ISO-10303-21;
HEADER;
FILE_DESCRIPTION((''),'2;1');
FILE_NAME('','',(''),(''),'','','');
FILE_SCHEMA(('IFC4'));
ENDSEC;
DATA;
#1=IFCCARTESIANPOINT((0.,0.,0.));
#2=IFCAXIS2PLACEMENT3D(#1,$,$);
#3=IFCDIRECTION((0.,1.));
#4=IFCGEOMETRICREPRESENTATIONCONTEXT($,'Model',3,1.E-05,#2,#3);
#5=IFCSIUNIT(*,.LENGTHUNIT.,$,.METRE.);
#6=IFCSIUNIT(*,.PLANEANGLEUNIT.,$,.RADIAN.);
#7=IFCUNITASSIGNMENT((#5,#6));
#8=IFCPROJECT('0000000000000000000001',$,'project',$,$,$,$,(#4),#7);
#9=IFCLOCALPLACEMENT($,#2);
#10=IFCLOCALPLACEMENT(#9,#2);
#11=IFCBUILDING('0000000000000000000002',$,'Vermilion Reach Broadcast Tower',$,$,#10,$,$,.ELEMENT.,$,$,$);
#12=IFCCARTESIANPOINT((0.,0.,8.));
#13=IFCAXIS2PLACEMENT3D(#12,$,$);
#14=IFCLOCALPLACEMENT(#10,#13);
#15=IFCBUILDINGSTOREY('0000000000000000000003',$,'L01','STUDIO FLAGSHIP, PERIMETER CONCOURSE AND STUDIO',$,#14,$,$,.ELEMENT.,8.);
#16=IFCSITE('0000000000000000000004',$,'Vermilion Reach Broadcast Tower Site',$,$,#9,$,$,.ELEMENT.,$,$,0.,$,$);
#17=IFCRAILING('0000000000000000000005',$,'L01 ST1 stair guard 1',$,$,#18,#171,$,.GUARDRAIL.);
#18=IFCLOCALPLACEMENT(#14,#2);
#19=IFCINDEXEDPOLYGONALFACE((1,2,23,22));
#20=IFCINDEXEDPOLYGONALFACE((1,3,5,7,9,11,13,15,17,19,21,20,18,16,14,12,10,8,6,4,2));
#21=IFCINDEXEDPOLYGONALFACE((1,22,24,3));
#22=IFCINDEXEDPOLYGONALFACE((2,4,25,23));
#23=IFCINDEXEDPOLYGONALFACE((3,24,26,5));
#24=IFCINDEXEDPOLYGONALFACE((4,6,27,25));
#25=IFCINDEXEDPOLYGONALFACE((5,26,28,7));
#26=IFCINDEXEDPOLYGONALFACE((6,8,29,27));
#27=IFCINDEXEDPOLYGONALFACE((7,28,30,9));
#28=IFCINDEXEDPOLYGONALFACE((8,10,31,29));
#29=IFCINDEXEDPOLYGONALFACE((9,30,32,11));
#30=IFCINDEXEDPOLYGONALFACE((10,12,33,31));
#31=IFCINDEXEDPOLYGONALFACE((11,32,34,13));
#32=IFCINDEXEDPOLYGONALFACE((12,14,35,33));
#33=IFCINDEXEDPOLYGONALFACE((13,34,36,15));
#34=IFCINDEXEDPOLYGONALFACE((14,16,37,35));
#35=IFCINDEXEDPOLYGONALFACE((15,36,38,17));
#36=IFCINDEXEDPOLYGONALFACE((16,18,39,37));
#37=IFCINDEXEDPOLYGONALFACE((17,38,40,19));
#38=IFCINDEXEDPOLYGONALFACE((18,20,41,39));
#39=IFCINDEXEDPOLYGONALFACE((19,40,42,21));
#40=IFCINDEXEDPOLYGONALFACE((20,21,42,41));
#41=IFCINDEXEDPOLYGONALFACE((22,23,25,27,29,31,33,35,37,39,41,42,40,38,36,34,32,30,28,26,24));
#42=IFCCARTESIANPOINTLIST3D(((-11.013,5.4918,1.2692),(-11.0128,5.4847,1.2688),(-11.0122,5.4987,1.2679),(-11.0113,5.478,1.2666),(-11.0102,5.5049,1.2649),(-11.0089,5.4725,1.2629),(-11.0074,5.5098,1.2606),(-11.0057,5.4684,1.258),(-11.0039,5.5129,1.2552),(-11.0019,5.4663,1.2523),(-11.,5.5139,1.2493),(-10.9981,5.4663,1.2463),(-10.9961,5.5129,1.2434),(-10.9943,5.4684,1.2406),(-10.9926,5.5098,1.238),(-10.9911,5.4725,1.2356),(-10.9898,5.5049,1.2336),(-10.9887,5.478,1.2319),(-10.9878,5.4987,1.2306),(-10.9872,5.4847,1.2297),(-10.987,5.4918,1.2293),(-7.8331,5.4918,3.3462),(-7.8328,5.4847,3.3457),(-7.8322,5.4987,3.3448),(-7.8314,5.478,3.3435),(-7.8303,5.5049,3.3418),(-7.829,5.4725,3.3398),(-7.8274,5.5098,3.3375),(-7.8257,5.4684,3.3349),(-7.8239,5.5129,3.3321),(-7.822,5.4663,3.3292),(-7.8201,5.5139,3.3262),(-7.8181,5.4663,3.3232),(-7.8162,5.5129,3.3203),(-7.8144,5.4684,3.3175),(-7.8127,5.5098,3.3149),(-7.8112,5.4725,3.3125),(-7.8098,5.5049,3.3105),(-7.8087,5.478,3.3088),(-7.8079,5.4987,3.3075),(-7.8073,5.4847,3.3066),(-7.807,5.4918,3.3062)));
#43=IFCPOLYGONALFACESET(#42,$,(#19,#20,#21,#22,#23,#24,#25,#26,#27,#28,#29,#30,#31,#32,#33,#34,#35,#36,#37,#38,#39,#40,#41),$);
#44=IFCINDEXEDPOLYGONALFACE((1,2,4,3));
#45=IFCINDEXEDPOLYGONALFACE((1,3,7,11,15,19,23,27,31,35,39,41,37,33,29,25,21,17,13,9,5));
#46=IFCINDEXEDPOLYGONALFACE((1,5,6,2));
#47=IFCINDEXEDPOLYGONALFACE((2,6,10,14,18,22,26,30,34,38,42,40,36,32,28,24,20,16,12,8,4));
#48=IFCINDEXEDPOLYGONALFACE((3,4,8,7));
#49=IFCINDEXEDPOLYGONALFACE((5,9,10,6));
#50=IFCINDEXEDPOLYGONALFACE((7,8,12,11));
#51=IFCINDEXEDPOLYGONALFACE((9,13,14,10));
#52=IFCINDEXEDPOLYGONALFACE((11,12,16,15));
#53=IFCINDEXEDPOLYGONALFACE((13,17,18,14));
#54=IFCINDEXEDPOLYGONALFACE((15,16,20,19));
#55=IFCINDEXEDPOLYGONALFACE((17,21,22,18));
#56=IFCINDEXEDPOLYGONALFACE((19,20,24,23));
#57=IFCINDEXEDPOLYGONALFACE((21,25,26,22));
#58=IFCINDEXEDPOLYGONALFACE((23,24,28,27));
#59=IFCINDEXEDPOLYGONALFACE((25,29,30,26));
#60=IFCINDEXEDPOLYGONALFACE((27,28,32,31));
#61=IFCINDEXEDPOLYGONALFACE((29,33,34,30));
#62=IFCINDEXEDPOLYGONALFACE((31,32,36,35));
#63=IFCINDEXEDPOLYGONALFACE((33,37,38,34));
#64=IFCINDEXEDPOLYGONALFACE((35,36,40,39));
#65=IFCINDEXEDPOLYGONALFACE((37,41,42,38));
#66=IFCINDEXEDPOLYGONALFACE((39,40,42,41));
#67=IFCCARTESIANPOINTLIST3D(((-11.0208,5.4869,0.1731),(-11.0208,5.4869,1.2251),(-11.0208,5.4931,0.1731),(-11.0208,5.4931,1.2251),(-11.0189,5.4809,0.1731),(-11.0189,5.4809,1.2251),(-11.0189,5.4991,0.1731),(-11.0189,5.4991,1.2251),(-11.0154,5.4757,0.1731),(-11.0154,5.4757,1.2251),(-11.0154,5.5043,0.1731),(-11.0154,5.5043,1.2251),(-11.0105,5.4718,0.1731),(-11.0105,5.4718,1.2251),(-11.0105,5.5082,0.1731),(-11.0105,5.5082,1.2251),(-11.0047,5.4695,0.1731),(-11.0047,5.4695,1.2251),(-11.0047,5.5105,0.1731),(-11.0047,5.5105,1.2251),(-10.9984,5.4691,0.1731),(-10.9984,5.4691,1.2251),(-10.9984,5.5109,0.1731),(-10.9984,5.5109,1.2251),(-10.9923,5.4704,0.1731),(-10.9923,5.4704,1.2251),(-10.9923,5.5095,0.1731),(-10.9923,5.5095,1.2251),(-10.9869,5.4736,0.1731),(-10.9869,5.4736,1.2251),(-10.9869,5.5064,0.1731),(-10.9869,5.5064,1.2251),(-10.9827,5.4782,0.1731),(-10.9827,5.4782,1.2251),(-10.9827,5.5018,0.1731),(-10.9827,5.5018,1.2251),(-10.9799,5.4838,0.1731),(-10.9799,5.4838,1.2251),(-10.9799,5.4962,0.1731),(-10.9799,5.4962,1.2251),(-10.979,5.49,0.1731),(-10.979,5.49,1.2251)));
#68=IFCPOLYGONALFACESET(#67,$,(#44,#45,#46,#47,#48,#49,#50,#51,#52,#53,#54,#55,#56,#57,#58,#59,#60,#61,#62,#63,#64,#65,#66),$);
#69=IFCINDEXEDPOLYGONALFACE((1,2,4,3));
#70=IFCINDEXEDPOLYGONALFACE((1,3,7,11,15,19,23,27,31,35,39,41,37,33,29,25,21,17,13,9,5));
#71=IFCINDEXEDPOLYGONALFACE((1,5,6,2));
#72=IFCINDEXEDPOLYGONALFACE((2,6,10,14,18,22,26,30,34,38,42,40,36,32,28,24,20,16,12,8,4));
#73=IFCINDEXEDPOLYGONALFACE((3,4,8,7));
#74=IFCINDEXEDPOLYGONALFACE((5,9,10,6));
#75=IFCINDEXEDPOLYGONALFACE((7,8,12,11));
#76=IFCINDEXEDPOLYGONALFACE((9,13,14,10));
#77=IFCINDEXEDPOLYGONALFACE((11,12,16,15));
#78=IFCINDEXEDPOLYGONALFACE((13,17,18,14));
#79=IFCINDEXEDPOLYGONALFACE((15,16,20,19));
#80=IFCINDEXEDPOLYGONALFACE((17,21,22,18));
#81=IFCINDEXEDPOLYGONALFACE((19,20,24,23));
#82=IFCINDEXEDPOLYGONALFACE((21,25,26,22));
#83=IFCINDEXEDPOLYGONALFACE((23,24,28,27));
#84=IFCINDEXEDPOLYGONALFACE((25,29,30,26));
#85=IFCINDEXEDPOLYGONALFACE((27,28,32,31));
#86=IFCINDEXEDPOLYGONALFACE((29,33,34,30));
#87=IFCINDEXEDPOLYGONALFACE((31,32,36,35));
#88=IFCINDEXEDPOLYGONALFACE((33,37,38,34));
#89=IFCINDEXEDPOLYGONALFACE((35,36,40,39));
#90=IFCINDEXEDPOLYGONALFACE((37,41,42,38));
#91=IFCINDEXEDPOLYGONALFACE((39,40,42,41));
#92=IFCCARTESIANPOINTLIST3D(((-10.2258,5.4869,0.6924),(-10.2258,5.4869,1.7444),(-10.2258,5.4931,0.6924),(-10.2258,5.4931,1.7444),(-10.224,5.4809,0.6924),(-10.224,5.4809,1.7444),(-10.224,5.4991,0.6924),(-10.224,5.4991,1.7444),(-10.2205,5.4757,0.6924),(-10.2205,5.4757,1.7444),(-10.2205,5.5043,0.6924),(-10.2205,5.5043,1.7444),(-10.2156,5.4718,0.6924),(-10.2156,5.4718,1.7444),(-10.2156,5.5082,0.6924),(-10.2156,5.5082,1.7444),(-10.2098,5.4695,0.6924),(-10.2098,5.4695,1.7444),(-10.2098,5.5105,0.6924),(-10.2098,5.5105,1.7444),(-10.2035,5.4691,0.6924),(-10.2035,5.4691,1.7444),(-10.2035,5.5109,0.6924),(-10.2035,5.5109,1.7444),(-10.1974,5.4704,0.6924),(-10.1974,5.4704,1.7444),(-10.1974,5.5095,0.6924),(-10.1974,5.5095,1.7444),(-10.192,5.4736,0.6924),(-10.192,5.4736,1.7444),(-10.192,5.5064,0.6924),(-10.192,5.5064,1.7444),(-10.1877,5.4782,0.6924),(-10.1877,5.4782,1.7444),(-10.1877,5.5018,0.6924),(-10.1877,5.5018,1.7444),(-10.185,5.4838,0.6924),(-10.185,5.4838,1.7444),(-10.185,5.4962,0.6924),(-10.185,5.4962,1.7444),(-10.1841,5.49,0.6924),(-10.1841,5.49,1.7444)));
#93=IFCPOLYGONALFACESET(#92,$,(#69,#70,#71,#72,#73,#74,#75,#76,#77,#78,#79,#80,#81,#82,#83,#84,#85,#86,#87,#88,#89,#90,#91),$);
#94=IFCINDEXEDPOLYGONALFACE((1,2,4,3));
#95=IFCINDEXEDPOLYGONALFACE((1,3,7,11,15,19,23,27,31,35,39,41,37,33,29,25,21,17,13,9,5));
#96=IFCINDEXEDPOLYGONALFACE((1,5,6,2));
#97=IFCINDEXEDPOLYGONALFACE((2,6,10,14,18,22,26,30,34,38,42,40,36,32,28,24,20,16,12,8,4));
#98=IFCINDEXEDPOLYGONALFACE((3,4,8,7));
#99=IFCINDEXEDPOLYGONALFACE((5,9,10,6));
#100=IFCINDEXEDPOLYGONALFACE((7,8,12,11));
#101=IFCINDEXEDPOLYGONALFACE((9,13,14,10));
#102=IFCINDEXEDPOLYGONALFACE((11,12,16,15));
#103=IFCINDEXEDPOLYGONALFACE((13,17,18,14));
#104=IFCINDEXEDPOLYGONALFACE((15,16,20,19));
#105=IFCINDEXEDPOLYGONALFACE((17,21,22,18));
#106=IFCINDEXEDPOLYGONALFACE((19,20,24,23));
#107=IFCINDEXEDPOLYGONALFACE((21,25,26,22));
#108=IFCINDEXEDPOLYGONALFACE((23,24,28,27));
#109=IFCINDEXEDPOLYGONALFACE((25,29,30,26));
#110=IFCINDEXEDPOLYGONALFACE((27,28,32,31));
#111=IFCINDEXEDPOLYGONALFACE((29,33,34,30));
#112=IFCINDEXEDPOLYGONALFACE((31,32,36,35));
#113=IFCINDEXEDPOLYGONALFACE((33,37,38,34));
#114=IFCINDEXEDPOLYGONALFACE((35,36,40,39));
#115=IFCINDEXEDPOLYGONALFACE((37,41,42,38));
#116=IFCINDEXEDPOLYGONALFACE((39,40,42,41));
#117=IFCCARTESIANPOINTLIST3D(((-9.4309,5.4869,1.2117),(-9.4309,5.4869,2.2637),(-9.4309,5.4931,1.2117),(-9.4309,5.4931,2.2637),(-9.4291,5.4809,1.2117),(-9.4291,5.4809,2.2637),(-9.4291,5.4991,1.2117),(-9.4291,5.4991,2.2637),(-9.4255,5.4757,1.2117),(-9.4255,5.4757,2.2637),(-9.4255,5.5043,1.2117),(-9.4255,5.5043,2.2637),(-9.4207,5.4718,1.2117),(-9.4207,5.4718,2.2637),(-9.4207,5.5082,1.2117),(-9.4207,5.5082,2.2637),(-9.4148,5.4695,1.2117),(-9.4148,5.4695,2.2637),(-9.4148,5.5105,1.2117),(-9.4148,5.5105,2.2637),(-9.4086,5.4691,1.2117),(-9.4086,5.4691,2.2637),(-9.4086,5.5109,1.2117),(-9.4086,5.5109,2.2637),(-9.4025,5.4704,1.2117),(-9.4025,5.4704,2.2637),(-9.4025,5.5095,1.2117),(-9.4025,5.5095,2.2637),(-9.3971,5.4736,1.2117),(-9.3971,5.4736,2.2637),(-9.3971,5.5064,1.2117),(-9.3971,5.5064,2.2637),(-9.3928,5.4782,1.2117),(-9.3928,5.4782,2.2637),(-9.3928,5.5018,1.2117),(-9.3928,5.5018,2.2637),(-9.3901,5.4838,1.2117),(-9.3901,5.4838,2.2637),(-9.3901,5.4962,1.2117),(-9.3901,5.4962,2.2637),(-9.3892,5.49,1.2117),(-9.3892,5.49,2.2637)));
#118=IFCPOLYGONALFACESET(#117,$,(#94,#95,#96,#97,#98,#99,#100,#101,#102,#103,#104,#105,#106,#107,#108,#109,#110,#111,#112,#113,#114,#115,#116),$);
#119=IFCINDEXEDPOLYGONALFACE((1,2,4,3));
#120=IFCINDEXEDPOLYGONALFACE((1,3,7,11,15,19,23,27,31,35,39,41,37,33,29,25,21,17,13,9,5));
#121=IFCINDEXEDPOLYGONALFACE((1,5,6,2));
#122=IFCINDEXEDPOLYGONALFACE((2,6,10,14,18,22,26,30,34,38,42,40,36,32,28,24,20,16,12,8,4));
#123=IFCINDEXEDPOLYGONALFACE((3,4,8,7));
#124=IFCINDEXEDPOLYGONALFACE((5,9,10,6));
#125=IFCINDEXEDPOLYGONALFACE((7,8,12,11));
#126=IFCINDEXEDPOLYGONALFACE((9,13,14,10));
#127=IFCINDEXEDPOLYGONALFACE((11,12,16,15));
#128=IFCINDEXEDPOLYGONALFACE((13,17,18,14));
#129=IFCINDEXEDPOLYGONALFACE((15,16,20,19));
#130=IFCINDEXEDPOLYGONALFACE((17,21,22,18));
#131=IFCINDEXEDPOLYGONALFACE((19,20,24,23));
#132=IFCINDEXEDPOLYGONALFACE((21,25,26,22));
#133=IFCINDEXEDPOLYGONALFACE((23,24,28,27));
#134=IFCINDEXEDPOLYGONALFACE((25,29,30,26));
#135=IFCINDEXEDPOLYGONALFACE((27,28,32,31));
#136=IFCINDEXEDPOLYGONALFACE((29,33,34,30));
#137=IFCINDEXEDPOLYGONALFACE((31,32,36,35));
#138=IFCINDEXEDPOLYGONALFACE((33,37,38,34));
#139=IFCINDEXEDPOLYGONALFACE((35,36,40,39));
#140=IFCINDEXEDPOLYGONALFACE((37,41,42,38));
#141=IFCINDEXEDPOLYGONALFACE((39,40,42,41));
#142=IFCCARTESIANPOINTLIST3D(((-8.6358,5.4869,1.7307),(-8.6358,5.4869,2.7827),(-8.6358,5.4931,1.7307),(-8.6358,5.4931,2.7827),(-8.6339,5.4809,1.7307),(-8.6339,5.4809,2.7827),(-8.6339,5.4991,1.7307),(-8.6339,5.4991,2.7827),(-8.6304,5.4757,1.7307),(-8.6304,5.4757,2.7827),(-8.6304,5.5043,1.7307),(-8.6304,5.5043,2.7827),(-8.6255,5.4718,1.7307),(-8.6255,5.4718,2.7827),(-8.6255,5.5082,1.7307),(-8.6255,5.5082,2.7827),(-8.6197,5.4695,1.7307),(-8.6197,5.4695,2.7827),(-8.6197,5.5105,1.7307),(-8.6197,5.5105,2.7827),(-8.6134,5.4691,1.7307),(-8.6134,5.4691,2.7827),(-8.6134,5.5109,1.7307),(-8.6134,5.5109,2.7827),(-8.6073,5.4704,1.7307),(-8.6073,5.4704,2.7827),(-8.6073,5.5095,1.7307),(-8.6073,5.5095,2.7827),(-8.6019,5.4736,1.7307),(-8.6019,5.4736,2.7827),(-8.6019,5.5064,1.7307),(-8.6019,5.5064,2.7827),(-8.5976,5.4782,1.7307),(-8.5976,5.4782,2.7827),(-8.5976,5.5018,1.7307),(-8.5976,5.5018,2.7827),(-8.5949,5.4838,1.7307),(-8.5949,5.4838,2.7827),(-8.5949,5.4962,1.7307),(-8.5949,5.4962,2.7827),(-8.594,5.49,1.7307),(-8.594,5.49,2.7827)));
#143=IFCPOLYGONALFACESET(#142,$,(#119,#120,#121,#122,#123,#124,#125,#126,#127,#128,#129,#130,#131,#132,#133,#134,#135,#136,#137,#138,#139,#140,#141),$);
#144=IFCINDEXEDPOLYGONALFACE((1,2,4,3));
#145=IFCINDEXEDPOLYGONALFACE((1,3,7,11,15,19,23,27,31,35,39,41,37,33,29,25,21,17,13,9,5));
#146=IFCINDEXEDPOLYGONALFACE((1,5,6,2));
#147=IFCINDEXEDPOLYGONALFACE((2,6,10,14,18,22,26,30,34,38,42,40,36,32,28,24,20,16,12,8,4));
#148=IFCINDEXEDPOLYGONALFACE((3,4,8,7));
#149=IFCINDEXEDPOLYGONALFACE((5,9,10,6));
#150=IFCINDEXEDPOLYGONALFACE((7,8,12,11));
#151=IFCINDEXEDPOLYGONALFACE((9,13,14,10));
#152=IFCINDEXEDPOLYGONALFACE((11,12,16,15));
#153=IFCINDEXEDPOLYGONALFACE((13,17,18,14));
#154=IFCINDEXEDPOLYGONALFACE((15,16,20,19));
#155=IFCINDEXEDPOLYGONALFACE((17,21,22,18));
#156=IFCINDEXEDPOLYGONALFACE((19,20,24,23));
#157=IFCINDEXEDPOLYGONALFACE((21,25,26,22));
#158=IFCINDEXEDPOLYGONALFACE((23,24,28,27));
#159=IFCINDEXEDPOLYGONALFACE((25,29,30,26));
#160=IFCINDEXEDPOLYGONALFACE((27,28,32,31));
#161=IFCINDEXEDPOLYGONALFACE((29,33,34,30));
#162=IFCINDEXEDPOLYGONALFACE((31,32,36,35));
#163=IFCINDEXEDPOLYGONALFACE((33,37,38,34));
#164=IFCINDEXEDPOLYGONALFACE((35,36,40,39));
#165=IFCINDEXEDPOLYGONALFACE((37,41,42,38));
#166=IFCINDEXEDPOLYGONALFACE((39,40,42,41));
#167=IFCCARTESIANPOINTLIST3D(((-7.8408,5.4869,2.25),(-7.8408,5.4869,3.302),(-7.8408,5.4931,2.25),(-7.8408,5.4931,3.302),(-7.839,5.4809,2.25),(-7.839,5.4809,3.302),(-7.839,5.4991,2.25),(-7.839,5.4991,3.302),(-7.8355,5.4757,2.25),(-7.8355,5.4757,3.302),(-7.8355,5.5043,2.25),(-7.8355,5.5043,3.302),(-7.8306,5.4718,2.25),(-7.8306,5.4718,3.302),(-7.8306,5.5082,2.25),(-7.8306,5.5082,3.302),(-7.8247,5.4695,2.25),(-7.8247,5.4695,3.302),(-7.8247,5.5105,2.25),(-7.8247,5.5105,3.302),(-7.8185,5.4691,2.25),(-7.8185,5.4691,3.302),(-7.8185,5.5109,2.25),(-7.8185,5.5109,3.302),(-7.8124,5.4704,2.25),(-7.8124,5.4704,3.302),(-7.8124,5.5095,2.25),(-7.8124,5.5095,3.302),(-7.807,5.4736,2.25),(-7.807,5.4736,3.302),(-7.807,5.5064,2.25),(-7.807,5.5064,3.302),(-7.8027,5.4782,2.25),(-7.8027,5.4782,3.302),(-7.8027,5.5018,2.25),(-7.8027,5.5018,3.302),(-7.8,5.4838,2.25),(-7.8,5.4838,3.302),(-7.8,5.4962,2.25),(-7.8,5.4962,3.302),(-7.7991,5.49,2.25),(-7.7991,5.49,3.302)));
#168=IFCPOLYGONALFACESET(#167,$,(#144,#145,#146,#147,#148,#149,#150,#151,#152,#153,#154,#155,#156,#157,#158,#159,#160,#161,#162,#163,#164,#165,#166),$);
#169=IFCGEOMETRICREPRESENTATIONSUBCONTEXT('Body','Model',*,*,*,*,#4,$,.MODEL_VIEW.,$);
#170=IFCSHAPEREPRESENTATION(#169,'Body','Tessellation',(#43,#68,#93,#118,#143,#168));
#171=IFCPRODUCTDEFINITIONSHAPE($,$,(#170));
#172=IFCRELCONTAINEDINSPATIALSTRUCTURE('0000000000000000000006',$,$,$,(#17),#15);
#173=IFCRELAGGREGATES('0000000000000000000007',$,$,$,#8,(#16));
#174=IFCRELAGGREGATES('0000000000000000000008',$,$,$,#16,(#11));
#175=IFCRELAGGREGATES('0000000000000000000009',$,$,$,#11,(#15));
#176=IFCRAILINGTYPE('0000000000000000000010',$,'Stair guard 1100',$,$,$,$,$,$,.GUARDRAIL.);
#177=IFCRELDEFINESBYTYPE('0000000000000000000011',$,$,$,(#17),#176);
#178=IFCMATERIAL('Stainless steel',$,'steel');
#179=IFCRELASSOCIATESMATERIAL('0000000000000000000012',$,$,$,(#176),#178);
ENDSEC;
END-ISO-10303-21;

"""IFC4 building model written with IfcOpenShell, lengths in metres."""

from ifc_helpers import new_model, si_unit, direction, frame, origin, origin_2d, place, context, subcontext, project, spatial, circle, extrude, material, type_object, element, save


model = new_model("IFC4")

# Units and contexts
model_context = context("Model", 3, precision=1e-05, world=origin(), true_north=direction((0.0, 1.0)))
body_context = subcontext(model_context, "Body", "Model", "MODEL_VIEW")
ifc_project = project(units=[si_unit("LENGTHUNIT", "METRE"), si_unit("PLANEANGLEUNIT", "RADIAN")], contexts=[model_context])

# Site, building, storey
site_placement = place(None, origin())
site = spatial("IfcSite", under=ifc_project, at=site_placement, Name="Vermilion Reach Broadcast Tower Site", CompositionType="ELEMENT", RefElevation=0.0)
building_placement = place(site_placement, origin())
building = spatial("IfcBuilding", under=site, at=building_placement, Name="Vermilion Reach Broadcast Tower", CompositionType="ELEMENT")
storey_placement = place(building_placement, frame((0.0, 0.0, 8.0)))
storey = spatial("IfcBuildingStorey", under=building, at=storey_placement, Name="L01", Description="STUDIO FLAGSHIP, PERIMETER CONCOURSE AND STUDIO", CompositionType="ELEMENT", Elevation=8.0)

# Railing
ifc_material_1 = material(Name="Stainless steel", Category="steel")
railing_type_1 = type_object("IfcRailingType", Name="Stair guard 1100", PredefinedType="GUARDRAIL", material=ifc_material_1)
railing_1_placement = place(storey_placement, frame((-11.0, 5.49, 0.1731)))
element("IfcRailing", 1, at=railing_1_placement, inside=storey, type_object=railing_type_1, Name="L01 ST1 stair guard 1", PredefinedType="GUARDRAIL", context=body_context, shape_type="SweptSolid", body=[
    extrude(circle(Radius=0.0239, at=origin_2d()), frame((0.0, 0.0, 1.0762), z_axis=(0.837245, 0.0, 0.546828), x_axis=(0.0, 1.0, 0.0)), (0.0, 0.0, 1.0), 3.7981),
    extrude(circle(Radius=0.021, at=origin_2d()), origin(), (0.0, 0.0, 1.0), 1.052),
    extrude(circle(Radius=0.021, at=origin_2d()), frame((0.7949, 0.0, 0.5193)), (0.0, 0.0, 1.0), 1.052),
    extrude(circle(Radius=0.021, at=origin_2d()), frame((1.5898, 0.0, 1.0386)), (0.0, 0.0, 1.0), 1.052),
    extrude(circle(Radius=0.021, at=origin_2d()), frame((2.385, 0.0, 1.5576)), (0.0, 0.0, 1.0), 1.052),
    extrude(circle(Radius=0.021, at=origin_2d()), frame((3.1799, 0.0, 2.0769)), (0.0, 0.0, 1.0), 1.052),
])

save(model, "model.ifc")
